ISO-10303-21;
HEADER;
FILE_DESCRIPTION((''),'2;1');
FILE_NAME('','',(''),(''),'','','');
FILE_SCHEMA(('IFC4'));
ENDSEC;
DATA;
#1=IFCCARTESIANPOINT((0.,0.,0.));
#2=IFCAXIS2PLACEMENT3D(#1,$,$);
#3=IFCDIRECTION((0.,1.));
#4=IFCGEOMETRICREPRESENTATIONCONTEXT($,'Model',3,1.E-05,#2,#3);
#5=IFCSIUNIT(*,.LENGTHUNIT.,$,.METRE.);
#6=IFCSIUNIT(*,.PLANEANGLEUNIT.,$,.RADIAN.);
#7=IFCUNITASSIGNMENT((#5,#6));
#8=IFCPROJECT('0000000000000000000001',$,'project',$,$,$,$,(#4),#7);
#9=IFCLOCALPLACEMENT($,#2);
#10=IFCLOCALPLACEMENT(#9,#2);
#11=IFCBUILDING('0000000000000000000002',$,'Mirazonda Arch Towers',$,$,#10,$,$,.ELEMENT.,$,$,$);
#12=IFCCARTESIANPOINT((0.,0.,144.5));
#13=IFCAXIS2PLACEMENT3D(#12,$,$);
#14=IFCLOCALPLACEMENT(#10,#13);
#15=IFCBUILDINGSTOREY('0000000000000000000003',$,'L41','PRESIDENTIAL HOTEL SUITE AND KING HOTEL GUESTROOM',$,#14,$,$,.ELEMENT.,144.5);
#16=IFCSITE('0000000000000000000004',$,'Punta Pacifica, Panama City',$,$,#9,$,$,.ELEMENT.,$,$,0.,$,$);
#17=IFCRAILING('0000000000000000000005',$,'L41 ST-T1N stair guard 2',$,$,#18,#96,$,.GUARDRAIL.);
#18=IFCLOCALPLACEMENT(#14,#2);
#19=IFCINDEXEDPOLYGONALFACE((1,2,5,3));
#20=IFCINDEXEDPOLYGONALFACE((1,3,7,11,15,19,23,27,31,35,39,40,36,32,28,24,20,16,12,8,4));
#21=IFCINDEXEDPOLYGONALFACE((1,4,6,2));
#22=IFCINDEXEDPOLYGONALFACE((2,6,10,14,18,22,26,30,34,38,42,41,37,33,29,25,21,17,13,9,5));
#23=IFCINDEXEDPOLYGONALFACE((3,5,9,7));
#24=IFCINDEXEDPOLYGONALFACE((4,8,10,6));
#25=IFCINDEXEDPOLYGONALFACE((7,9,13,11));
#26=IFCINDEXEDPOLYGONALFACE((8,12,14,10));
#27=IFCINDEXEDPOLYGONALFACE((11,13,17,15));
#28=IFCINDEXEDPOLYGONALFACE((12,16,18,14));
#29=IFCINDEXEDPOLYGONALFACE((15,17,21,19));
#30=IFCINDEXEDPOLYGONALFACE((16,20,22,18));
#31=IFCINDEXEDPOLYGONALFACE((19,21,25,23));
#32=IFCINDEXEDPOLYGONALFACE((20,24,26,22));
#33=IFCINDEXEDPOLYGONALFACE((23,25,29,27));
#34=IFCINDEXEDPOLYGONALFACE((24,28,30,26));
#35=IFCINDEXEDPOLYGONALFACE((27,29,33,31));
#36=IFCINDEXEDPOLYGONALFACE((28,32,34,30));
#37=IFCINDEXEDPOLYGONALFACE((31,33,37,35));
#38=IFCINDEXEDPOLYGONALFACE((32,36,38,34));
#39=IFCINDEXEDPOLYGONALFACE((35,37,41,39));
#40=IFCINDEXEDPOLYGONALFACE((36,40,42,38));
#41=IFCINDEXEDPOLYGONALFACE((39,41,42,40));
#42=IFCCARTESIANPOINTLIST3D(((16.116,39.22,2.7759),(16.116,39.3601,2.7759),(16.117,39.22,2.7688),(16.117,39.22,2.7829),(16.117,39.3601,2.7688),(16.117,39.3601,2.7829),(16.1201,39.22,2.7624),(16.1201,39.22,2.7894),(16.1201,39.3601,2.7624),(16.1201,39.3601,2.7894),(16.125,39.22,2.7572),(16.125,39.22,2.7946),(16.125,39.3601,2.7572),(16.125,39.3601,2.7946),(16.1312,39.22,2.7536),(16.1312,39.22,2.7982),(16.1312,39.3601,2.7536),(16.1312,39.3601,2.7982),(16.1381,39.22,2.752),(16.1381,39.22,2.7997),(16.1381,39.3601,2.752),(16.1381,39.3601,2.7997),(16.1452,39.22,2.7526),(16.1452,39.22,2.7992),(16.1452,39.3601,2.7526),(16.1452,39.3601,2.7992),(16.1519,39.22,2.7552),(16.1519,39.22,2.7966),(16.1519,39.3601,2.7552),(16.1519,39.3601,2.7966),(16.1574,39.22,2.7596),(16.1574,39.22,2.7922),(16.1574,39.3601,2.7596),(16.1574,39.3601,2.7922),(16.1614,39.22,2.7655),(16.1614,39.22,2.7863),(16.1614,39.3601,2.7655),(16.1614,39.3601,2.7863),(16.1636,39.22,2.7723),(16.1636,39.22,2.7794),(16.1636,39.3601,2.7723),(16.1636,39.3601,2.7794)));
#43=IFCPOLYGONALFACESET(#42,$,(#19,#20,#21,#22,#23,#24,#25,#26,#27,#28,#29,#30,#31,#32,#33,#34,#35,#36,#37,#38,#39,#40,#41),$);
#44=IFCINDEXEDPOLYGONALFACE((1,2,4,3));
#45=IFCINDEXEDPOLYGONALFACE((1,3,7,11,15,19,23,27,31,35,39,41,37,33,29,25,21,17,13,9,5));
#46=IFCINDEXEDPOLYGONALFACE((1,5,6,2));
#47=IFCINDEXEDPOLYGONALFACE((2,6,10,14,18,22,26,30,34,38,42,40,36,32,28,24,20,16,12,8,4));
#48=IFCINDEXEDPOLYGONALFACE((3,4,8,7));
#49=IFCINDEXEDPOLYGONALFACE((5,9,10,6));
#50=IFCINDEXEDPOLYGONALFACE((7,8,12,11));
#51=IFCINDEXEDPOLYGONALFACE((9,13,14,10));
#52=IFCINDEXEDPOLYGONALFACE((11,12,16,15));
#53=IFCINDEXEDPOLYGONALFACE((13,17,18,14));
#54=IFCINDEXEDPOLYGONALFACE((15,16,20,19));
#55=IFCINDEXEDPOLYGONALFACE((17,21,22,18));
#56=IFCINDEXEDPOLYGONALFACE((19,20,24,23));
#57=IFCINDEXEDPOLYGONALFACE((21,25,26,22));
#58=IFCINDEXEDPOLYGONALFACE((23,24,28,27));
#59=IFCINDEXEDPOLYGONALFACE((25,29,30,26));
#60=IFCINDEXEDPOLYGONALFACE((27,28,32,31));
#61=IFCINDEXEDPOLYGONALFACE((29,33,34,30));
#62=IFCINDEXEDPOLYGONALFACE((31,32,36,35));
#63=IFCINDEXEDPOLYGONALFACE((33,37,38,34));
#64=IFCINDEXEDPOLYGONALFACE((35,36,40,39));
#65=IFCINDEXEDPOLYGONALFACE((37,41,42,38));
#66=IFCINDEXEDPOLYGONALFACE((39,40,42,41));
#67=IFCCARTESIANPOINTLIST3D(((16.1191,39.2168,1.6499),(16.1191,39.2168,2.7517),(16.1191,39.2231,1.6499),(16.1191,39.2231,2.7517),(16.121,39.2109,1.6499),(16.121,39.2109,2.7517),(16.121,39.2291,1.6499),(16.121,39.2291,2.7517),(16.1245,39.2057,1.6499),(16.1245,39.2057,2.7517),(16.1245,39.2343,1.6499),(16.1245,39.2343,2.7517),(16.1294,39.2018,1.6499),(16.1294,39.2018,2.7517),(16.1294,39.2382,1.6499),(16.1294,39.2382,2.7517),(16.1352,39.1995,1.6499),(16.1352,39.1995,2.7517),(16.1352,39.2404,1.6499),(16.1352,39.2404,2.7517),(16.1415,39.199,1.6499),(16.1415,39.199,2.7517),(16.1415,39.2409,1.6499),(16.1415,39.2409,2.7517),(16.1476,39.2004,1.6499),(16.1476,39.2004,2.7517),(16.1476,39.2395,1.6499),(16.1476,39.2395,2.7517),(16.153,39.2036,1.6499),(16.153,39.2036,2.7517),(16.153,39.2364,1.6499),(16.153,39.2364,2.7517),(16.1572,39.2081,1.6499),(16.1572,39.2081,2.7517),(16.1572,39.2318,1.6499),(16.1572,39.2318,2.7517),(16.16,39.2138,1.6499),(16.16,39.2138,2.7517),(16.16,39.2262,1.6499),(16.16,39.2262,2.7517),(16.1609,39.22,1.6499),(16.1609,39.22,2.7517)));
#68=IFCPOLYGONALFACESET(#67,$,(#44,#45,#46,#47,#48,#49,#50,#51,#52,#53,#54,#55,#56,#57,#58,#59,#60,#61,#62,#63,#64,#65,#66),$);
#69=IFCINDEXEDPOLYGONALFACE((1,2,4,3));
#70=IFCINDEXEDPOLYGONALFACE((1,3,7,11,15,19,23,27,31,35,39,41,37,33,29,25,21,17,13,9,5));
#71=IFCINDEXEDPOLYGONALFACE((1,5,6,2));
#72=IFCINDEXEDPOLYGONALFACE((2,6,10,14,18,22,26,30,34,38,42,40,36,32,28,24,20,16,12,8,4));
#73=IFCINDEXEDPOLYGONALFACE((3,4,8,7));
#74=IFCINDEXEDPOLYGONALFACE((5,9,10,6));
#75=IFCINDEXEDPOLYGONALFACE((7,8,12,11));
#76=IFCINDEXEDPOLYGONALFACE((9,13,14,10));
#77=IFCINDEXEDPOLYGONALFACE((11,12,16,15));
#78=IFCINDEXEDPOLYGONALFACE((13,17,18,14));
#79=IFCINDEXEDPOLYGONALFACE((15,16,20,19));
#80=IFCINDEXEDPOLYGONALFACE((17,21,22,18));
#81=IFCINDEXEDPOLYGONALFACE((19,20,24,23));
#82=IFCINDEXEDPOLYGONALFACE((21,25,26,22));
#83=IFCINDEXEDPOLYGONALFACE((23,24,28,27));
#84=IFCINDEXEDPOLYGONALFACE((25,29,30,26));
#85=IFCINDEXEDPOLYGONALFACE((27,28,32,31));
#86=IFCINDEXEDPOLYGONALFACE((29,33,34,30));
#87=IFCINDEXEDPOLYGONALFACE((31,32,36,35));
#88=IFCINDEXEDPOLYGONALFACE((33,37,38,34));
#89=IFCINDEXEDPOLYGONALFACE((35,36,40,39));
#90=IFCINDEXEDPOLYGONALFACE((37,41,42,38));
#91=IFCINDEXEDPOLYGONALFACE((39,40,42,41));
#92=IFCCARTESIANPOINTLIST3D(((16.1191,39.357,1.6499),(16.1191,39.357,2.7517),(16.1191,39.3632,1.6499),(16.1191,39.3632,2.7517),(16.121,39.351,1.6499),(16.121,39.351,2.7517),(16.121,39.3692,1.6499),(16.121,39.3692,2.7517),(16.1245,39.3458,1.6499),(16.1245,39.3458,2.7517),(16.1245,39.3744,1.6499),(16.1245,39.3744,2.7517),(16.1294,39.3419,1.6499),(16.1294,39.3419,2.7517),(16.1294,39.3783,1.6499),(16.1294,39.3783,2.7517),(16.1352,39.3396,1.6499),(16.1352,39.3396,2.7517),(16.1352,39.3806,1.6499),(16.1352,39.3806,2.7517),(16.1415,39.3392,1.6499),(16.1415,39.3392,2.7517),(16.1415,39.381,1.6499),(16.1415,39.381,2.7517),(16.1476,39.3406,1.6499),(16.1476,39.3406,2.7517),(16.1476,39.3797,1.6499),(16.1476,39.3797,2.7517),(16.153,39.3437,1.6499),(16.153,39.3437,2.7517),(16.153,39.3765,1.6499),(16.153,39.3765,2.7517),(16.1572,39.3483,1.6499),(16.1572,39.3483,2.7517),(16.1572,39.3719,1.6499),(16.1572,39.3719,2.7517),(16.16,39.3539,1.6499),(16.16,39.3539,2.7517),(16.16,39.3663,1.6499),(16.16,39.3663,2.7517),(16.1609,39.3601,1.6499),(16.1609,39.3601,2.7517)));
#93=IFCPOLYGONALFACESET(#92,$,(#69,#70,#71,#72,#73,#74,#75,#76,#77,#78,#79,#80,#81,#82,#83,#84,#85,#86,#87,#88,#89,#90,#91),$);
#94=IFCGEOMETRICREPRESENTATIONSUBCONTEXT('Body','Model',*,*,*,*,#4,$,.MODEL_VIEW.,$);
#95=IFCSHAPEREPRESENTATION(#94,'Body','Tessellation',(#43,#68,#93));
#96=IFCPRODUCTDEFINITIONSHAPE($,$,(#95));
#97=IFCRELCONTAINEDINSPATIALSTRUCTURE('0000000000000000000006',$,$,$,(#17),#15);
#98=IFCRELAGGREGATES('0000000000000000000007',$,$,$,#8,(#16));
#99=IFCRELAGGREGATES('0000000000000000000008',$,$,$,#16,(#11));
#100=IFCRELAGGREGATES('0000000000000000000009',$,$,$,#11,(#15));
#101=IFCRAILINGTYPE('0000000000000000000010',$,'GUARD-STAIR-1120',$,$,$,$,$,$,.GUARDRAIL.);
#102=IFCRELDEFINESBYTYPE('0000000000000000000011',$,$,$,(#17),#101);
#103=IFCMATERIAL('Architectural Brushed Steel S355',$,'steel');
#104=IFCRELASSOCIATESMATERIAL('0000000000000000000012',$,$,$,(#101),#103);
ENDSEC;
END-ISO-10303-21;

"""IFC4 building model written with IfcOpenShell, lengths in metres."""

from ifc_helpers import new_model, si_unit, direction, frame, origin, origin_2d, place, context, subcontext, project, spatial, circle, extrude, material, type_object, element, save


model = new_model("IFC4")

# Units and contexts
model_context = context("Model", 3, precision=1e-05, world=origin(), true_north=direction((0.0, 1.0)))
body_context = subcontext(model_context, "Body", "Model", "MODEL_VIEW")
ifc_project = project(units=[si_unit("LENGTHUNIT", "METRE"), si_unit("PLANEANGLEUNIT", "RADIAN")], contexts=[model_context])

# Site, building, storey
site_placement = place(None, origin())
site = spatial("IfcSite", under=ifc_project, at=site_placement, Name="Punta Pacifica, Panama City", CompositionType="ELEMENT", RefElevation=0.0)
building_placement = place(site_placement, origin())
building = spatial("IfcBuilding", under=site, at=building_placement, Name="Mirazonda Arch Towers", CompositionType="ELEMENT")
storey_placement = place(building_placement, frame((0.0, 0.0, 144.5)))
storey = spatial("IfcBuildingStorey", under=building, at=storey_placement, Name="L41", Description="PRESIDENTIAL HOTEL SUITE AND KING HOTEL GUESTROOM", CompositionType="ELEMENT", Elevation=144.5)

# Shared definitions
ifc_material_1 = material(Name="Architectural Brushed Steel S355", Category="steel")

# Railing
railing_type_1 = type_object("IfcRailingType", Name="GUARD-STAIR-1120", PredefinedType="GUARDRAIL", material=ifc_material_1)
railing_1_placement = place(storey_placement, frame((16.1399, 39.22, 1.6499)))
element("IfcRailing", 1, at=railing_1_placement, inside=storey, type_object=railing_type_1, Name="L41 ST-T1N stair guard 2", PredefinedType="GUARDRAIL", context=body_context, shape_type="SweptSolid", body=[
    extrude(circle(Radius=0.0239, at=origin_2d()), frame((0.0, 0.0, 1.126), z_axis=(0.0, 1.0, 0.0), x_axis=(-1.0, 0.0, 0.0)), (0.0, 0.0, 1.0), 0.1401),
    extrude(circle(Radius=0.021, at=origin_2d()), origin(), (0.0, 0.0, 1.0), 1.1018),
    extrude(circle(Radius=0.021, at=origin_2d()), frame((0.0, 0.1401, 0.0)), (0.0, 0.0, 1.0), 1.1018),
])

save(model, "model.ifc")
